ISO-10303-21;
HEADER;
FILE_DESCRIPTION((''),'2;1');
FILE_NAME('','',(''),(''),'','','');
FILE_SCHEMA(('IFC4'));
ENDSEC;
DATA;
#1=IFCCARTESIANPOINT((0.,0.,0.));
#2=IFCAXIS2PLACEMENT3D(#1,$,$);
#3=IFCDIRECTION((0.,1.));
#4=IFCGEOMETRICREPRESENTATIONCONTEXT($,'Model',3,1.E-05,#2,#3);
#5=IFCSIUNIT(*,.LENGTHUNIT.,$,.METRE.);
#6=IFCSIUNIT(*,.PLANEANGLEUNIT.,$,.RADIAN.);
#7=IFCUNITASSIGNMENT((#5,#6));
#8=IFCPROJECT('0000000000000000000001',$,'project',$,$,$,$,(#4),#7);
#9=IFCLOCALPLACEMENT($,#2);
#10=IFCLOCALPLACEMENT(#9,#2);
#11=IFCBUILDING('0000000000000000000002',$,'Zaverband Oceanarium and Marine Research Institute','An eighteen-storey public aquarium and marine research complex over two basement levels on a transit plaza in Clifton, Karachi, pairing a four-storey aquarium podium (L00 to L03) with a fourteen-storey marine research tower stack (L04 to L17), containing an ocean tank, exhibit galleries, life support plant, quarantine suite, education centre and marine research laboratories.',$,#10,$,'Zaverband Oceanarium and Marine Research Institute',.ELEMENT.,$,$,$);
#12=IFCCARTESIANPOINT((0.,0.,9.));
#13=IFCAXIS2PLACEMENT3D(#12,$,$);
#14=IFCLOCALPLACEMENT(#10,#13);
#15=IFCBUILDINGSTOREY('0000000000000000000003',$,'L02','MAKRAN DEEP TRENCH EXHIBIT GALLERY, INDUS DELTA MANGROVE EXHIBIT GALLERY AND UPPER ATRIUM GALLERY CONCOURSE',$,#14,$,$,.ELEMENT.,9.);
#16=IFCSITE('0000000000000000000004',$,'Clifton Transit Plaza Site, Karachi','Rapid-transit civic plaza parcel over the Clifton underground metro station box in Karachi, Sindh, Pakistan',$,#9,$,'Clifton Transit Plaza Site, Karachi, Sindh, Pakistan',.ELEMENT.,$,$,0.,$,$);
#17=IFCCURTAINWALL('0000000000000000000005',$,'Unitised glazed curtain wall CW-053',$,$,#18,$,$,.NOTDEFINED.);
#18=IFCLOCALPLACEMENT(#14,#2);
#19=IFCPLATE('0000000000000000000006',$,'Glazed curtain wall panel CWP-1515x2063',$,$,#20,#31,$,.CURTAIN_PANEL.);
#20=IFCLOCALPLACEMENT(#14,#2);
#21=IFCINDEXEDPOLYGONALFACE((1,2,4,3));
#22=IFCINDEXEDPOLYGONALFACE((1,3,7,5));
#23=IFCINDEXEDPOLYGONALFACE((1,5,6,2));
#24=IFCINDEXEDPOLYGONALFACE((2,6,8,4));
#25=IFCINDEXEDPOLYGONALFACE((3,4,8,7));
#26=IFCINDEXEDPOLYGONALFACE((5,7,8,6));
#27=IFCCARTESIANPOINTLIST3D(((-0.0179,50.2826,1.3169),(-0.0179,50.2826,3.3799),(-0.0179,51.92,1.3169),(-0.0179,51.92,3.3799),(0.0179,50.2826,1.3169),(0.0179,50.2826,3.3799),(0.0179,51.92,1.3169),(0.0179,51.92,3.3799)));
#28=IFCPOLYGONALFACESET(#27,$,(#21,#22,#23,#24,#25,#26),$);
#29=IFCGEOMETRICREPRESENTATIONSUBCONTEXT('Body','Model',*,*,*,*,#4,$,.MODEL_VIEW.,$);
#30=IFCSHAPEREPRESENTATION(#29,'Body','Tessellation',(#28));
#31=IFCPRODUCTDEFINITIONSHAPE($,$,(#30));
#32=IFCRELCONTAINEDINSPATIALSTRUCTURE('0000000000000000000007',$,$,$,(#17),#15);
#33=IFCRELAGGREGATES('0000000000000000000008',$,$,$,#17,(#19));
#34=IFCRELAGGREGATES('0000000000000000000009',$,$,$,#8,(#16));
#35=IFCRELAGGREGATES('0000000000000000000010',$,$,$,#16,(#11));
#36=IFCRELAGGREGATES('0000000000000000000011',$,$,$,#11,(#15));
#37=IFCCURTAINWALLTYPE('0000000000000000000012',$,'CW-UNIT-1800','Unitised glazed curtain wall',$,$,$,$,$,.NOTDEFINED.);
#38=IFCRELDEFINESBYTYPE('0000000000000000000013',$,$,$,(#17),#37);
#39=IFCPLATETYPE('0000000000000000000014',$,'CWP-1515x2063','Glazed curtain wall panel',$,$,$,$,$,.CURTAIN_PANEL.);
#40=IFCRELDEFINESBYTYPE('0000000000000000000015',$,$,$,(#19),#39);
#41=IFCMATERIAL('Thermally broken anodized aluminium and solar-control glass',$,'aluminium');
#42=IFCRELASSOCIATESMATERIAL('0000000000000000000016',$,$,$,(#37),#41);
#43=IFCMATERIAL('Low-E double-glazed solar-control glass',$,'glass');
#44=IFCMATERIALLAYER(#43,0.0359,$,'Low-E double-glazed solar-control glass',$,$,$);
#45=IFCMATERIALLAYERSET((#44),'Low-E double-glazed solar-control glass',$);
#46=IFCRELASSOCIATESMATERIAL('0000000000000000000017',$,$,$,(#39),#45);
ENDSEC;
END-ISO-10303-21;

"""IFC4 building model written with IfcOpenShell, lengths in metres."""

from ifc_helpers import new_model, si_unit, direction, frame, frame_2d, origin, place, context, subcontext, project, spatial, rectangle, extrude, material, layer, layer_set, type_object, element, aggregate, save


model = new_model("IFC4")

# Units and contexts
model_context = context("Model", 3, precision=1e-05, world=origin(), true_north=direction((0.0, 1.0)))
body_context = subcontext(model_context, "Body", "Model", "MODEL_VIEW")
ifc_project = project(units=[si_unit("LENGTHUNIT", "METRE"), si_unit("PLANEANGLEUNIT", "RADIAN")], contexts=[model_context])

# Site, building, storey
site_placement = place(None, origin())
site = spatial("IfcSite", under=ifc_project, at=site_placement, Name="Clifton Transit Plaza Site, Karachi", Description="Rapid-transit civic plaza parcel over the Clifton underground metro station box in Karachi, Sindh, Pakistan", LongName="Clifton Transit Plaza Site, Karachi, Sindh, Pakistan", CompositionType="ELEMENT", RefElevation=0.0)
building_placement = place(site_placement, origin())
building = spatial("IfcBuilding", under=site, at=building_placement, Name="Zaverband Oceanarium and Marine Research Institute", Description="An eighteen-storey public aquarium and marine research complex over two basement levels on a transit plaza in Clifton, Karachi, pairing a four-storey aquarium podium (L00 to L03) with a fourteen-storey marine research tower stack (L04 to L17), containing an ocean tank, exhibit galleries, life support plant, quarantine suite, education centre and marine research laboratories.", LongName="Zaverband Oceanarium and Marine Research Institute", CompositionType="ELEMENT")
storey_placement = place(building_placement, frame((0.0, 0.0, 9.0)))
storey = spatial("IfcBuildingStorey", under=building, at=storey_placement, Name="L02", Description="MAKRAN DEEP TRENCH EXHIBIT GALLERY, INDUS DELTA MANGROVE EXHIBIT GALLERY AND UPPER ATRIUM GALLERY CONCOURSE", CompositionType="ELEMENT", Elevation=9.0)

# Curtain wall
ifc_material_1 = material(Name="Thermally broken anodized aluminium and solar-control glass", Category="aluminium")
curtain_wall_type = type_object("IfcCurtainWallType", Name="CW-UNIT-1800", Description="Unitised glazed curtain wall", PredefinedType="NOTDEFINED", material=ifc_material_1)
curtain_wall_1_placement = place(storey_placement, origin())
curtain_wall_1 = element("IfcCurtainWall", 1, at=curtain_wall_1_placement, inside=storey, type_object=curtain_wall_type, Name="Unitised glazed curtain wall CW-053", PredefinedType="NOTDEFINED")

# Plate
ifc_material_2 = material(Name="Low-E double-glazed solar-control glass", Category="glass")
ifc_layer_1 = layer(ifc_material_2, 0.0359, Name="Low-E double-glazed solar-control glass")
ifc_layer_set_1 = layer_set([ifc_layer_1], Name="Low-E double-glazed solar-control glass")
plate_type_1 = type_object("IfcPlateType", Name="CWP-1515x2063", Description="Glazed curtain wall panel", PredefinedType="CURTAIN_PANEL", material=ifc_layer_set_1)
plate_1_placement = place(storey_placement, frame((0.0, 50.2825, 1.3169), z_axis=(0.0, 0.0, 1.0), x_axis=(0.0, 1.0, 0.0)))
plate_1 = element("IfcPlate", 2, at=plate_1_placement, type_object=plate_type_1, Name="Glazed curtain wall panel CWP-1515x2063", PredefinedType="CURTAIN_PANEL", context=body_context, shape_type="SweptSolid", body=[
    extrude(rectangle(XDim=1.6375, YDim=0.0359, at=frame_2d((0.8188, 0.0))), origin(), (0.0, 0.0, 1.0), 2.063),
])
aggregate(curtain_wall_1, [plate_1])

save(model, "model.ifc")
